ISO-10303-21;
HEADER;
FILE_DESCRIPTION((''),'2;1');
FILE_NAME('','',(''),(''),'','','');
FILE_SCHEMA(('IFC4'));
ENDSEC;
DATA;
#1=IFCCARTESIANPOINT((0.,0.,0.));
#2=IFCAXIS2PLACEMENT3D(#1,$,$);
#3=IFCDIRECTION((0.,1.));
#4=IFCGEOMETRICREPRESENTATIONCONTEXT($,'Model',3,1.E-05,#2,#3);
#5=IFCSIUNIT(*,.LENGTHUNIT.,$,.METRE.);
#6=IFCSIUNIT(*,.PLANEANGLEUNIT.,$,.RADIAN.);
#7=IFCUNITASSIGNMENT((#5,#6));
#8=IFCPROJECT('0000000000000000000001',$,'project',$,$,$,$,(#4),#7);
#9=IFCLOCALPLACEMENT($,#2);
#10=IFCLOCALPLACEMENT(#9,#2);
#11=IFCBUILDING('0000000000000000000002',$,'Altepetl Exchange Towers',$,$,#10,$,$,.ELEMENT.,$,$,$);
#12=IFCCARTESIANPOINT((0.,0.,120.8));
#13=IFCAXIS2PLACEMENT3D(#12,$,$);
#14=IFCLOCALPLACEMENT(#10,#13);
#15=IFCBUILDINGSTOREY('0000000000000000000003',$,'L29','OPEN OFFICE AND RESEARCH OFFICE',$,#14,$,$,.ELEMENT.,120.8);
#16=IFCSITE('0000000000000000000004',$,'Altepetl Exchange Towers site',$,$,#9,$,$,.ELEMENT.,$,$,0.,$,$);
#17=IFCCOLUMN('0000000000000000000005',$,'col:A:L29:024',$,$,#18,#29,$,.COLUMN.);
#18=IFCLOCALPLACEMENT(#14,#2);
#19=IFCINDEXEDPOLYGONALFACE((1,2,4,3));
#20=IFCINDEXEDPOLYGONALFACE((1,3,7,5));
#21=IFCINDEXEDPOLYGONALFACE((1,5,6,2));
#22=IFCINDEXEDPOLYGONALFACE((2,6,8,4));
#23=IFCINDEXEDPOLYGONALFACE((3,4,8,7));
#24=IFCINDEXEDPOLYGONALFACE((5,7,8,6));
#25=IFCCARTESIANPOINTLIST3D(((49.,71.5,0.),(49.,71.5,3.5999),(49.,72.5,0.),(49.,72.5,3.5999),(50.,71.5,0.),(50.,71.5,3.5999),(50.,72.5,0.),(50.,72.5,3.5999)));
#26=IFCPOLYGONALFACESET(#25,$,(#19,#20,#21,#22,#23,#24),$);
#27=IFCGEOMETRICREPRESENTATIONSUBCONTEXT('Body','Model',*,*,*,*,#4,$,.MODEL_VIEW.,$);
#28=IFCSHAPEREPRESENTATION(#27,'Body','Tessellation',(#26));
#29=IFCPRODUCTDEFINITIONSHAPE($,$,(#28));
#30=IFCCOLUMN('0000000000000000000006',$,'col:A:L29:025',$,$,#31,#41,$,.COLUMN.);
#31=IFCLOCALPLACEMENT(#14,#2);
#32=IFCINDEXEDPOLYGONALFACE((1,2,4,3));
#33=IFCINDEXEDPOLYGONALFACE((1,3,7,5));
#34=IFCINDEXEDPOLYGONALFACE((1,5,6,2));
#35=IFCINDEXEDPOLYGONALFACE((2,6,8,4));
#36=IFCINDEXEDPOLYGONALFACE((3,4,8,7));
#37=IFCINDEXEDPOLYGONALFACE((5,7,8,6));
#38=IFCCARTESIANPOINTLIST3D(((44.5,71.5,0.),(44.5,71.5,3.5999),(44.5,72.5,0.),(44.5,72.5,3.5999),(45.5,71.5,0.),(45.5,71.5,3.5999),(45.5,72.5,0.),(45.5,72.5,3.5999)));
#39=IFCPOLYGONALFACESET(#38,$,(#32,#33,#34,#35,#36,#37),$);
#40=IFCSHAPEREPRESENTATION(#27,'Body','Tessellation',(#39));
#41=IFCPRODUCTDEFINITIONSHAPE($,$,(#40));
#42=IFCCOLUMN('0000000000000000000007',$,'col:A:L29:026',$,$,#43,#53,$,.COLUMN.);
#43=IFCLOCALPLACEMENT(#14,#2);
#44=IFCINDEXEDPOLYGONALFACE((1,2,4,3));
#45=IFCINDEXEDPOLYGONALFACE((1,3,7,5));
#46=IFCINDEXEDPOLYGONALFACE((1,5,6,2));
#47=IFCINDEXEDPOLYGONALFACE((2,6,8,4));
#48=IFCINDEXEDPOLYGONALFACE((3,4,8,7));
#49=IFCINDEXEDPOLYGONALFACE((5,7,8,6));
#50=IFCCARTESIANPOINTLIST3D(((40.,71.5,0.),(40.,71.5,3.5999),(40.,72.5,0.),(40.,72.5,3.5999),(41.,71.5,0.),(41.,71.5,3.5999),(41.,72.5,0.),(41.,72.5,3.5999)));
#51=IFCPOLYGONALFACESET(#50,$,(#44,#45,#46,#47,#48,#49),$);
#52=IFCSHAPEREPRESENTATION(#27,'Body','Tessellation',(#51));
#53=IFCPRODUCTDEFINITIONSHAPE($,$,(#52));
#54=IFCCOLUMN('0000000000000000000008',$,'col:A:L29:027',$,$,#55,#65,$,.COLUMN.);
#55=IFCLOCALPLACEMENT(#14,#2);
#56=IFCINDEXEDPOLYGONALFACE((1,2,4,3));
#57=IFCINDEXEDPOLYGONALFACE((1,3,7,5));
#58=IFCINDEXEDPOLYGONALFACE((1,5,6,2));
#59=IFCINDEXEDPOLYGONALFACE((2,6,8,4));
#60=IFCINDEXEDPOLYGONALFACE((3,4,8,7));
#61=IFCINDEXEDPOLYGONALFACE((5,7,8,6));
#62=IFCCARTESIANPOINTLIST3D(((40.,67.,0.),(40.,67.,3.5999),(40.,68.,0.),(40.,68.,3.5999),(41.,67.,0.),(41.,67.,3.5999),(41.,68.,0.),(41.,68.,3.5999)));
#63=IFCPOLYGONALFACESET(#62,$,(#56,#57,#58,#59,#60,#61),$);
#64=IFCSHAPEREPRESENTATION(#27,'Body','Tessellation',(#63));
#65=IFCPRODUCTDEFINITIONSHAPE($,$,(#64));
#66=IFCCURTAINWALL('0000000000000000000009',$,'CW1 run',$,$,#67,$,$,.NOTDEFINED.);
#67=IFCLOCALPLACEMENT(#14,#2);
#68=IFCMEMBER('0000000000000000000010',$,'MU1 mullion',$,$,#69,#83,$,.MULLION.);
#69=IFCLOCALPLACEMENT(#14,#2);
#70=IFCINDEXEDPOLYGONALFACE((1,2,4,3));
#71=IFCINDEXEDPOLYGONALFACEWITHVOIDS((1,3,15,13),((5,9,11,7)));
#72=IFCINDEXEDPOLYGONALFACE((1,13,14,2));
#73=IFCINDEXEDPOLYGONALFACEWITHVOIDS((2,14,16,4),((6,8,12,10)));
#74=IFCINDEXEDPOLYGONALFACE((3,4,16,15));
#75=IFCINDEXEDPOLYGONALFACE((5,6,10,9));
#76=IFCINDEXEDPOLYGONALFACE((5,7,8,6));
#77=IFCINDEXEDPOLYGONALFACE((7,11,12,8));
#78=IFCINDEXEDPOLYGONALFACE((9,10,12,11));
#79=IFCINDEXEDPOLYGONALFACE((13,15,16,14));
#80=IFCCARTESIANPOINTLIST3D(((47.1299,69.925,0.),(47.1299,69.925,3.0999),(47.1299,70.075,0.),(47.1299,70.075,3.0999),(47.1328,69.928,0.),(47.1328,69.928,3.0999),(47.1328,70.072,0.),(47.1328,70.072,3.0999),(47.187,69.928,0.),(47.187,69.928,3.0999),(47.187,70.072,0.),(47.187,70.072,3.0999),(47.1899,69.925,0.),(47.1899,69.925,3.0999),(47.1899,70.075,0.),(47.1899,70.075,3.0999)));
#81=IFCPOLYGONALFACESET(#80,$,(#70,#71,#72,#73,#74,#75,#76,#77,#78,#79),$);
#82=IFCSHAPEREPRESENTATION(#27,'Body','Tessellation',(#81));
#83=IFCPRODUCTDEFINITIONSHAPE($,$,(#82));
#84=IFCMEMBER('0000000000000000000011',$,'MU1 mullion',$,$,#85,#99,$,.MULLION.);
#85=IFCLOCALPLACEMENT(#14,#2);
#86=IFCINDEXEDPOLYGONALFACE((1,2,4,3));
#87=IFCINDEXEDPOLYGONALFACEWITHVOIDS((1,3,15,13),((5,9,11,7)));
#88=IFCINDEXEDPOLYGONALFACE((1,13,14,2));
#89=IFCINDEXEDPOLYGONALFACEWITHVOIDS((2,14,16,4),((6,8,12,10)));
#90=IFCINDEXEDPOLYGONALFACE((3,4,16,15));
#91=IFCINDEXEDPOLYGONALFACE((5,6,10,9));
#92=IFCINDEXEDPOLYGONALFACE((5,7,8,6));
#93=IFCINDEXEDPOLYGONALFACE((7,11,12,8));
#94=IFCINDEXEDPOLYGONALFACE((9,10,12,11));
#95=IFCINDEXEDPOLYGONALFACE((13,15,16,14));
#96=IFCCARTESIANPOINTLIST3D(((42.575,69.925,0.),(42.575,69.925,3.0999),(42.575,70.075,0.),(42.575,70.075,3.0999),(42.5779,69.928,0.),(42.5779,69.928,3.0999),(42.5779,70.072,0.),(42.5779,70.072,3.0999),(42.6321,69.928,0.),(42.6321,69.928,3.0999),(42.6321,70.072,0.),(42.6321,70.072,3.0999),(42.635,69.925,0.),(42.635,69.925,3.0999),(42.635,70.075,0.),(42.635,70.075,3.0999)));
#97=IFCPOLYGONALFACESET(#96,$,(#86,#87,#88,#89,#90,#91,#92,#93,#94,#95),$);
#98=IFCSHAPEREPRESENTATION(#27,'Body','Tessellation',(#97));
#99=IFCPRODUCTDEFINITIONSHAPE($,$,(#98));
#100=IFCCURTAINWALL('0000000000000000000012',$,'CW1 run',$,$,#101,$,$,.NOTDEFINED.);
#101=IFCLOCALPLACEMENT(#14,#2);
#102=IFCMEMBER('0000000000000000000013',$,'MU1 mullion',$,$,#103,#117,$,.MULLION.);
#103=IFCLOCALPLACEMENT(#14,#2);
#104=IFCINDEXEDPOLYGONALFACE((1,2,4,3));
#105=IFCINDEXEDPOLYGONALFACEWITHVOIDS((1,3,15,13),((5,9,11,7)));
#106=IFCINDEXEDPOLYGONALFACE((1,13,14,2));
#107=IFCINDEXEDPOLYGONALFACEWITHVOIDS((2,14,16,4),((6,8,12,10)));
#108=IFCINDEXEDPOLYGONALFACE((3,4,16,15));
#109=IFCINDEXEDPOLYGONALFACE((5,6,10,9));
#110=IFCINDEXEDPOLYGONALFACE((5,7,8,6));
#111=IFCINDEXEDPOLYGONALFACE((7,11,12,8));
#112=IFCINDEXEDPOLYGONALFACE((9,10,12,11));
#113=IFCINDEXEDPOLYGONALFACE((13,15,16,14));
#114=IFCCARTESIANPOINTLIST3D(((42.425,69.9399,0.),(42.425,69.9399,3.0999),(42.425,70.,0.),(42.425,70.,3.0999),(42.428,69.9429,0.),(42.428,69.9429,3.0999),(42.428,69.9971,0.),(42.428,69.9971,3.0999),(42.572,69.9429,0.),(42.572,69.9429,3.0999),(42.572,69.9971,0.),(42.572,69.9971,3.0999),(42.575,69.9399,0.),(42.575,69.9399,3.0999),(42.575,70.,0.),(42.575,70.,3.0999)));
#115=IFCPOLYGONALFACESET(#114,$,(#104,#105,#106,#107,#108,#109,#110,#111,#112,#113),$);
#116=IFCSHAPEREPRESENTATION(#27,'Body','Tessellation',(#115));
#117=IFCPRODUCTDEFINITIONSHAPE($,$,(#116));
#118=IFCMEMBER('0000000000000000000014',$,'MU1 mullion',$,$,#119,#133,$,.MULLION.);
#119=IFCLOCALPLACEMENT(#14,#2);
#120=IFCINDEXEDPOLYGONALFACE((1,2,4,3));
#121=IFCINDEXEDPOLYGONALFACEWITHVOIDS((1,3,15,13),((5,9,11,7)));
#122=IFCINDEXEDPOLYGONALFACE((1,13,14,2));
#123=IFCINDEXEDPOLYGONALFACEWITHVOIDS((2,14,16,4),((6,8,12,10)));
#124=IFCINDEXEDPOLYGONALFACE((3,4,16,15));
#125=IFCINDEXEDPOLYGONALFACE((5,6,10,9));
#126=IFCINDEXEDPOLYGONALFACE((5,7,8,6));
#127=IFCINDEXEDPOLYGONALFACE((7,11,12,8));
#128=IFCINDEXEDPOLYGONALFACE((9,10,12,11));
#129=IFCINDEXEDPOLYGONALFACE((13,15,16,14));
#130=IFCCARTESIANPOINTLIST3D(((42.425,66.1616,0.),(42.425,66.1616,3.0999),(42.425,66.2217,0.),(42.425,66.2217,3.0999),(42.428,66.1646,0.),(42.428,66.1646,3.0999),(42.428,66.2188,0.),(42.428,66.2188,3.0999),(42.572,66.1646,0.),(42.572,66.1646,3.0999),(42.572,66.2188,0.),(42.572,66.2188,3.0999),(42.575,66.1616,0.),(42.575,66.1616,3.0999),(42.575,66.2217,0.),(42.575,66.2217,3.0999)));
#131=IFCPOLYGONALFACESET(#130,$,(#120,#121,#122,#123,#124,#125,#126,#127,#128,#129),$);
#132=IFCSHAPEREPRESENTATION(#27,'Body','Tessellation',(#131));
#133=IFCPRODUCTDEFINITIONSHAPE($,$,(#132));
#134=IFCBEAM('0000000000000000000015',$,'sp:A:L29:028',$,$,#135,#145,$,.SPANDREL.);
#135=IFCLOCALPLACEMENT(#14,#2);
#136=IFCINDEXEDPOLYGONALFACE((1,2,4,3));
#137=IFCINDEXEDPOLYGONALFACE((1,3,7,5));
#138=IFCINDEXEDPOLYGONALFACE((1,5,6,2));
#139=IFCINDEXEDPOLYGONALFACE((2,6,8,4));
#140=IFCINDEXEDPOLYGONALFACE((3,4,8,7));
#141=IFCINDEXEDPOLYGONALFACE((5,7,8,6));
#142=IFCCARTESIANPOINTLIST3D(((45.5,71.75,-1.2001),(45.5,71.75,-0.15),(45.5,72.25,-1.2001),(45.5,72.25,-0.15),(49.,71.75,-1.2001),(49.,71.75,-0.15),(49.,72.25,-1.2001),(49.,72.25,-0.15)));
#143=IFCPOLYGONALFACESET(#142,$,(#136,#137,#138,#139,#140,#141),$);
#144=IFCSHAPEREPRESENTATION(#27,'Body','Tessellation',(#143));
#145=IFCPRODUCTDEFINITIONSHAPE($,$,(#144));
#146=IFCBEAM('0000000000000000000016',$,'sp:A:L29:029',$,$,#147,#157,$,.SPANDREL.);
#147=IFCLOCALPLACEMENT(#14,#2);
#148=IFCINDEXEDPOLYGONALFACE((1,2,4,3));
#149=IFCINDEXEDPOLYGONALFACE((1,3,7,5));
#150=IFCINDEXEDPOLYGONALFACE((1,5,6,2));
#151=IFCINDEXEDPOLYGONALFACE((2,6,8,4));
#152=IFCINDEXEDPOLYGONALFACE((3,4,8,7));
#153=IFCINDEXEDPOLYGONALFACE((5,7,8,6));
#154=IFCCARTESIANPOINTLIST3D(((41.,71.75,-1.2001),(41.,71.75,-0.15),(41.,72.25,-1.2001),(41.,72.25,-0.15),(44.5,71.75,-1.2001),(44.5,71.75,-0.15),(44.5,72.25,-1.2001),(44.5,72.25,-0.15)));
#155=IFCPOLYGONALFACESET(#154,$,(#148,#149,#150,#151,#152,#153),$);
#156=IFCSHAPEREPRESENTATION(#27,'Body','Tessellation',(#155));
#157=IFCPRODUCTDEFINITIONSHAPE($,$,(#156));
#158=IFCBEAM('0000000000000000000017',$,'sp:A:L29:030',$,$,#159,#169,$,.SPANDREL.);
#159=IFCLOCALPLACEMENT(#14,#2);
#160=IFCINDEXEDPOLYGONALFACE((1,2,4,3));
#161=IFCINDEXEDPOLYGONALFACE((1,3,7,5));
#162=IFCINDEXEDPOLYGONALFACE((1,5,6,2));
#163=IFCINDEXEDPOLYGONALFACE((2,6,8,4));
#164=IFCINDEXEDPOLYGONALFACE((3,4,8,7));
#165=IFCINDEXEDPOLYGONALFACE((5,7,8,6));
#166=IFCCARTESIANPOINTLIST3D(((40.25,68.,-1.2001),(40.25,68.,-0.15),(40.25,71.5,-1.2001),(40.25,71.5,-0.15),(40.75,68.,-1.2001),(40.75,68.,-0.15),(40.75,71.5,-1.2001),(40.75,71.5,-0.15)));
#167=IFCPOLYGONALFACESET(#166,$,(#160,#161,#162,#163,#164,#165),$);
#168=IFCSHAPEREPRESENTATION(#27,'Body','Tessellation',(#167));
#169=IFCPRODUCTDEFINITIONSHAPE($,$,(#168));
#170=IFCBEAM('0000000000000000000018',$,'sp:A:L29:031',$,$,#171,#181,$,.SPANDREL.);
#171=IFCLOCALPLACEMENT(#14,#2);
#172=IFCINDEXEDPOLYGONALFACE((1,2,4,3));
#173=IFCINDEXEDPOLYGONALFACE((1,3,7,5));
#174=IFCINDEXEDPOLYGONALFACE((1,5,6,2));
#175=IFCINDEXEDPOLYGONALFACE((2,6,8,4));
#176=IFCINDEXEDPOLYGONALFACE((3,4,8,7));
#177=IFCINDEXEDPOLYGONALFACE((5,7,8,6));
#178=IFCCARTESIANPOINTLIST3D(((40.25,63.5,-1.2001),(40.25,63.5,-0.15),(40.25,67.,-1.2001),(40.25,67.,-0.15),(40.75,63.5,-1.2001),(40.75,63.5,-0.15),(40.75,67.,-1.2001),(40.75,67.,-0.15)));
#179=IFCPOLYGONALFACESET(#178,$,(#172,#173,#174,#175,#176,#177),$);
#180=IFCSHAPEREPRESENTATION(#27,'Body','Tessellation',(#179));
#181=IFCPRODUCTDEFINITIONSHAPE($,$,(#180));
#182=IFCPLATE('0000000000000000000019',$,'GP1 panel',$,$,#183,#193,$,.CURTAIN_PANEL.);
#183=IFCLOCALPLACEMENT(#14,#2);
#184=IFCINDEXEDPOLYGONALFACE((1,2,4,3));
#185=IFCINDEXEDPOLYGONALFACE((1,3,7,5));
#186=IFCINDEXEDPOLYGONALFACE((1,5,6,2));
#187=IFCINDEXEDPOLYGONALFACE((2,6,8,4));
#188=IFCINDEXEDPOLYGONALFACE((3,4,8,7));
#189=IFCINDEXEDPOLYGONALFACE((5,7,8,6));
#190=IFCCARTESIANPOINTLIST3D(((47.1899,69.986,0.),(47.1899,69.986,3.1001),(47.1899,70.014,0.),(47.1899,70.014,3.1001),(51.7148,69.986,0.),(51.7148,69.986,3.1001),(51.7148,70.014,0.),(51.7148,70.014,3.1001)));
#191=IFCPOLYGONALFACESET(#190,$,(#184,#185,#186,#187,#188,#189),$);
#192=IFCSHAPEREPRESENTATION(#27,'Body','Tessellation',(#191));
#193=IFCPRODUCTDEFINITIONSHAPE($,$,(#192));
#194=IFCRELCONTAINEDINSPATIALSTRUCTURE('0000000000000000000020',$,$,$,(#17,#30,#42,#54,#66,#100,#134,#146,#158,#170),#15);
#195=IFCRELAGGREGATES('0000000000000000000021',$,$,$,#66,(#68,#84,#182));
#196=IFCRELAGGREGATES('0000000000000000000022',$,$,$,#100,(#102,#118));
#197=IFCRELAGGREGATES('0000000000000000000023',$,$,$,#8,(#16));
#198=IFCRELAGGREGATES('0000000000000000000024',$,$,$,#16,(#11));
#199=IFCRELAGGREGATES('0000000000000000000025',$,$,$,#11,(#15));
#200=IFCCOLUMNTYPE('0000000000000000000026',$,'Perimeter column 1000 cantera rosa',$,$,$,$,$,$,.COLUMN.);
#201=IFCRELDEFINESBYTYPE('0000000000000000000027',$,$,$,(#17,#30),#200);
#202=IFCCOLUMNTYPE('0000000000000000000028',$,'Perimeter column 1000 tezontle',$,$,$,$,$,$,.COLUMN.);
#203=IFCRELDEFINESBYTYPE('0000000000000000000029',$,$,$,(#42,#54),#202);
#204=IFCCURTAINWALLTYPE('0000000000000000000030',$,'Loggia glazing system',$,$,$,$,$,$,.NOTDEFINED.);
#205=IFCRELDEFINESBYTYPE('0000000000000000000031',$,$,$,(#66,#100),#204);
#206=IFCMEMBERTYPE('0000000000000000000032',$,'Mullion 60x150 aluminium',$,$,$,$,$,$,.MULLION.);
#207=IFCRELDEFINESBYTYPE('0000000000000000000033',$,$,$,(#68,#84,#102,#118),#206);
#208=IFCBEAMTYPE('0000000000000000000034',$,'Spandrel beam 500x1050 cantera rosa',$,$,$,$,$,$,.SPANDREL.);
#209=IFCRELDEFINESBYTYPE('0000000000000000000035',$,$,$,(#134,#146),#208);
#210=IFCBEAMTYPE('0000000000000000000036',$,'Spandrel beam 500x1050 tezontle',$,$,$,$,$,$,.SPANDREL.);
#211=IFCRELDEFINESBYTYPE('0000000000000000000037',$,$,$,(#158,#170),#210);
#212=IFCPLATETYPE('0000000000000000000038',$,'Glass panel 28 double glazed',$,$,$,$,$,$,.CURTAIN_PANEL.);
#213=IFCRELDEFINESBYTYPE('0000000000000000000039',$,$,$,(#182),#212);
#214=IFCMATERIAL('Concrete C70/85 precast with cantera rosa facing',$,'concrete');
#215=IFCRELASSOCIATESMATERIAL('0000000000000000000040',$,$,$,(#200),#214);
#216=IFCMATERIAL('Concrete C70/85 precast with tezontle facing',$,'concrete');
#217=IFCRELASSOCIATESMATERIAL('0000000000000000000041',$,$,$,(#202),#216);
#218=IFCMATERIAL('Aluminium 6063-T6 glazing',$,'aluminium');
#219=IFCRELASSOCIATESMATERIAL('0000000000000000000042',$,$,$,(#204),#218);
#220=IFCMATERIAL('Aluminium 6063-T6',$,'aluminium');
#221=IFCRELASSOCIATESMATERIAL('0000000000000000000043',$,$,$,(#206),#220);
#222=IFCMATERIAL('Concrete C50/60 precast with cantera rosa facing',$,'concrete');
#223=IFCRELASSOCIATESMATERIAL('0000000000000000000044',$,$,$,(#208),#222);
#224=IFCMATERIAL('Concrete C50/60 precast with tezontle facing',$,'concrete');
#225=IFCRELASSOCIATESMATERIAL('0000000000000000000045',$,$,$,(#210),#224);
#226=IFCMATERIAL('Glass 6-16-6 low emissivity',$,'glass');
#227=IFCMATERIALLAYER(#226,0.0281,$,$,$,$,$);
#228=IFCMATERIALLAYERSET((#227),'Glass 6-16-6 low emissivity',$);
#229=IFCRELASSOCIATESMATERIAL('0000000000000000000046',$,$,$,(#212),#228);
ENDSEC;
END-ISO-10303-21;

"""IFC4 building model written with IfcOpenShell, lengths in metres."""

from ifc_helpers import new_model, si_unit, direction, frame, origin, origin_2d, place, context, subcontext, project, spatial, rectangle, hollow_rectangle, extrude, material, layer, layer_set, material_profile, profile_set, type_object, element, aggregate, save


model = new_model("IFC4")

# Units and contexts
model_context = context("Model", 3, precision=1e-05, world=origin(), true_north=direction((0.0, 1.0)))
body_context = subcontext(model_context, "Body", "Model", "MODEL_VIEW")
ifc_project = project(units=[si_unit("LENGTHUNIT", "METRE"), si_unit("PLANEANGLEUNIT", "RADIAN")], contexts=[model_context])

# Site, building, storey
site_placement = place(None, origin())
site = spatial("IfcSite", under=ifc_project, at=site_placement, Name="Altepetl Exchange Towers site", CompositionType="ELEMENT", RefElevation=0.0)
building_placement = place(site_placement, origin())
building = spatial("IfcBuilding", under=site, at=building_placement, Name="Altepetl Exchange Towers", CompositionType="ELEMENT")
storey_placement = place(building_placement, frame((0.0, 0.0, 120.8)))
storey = spatial("IfcBuildingStorey", under=building, at=storey_placement, Name="L29", Description="OPEN OFFICE AND RESEARCH OFFICE", CompositionType="ELEMENT", Elevation=120.8)

# Columns
ifc_material_1 = material(Name="Concrete C70/85 precast with cantera rosa facing", Category="concrete")
ifc_material_profile_1 = material_profile(ifc_material_1, rectangle(XDim=1.0, YDim=1.0, at=origin_2d()), Name="1000 x 1000")
ifc_profile_set_1 = profile_set([ifc_material_profile_1], Name="Concrete C70/85 precast with cantera rosa facing")
column_type_1 = type_object("IfcColumnType", Name="Perimeter column 1000 cantera rosa", PredefinedType="COLUMN", material=ifc_profile_set_1)
for number, where, name in (
    (1, (49.5, 72.0, 0.0), "col:A:L29:024"),
    (2, (45.0, 72.0, 0.0), "col:A:L29:025"),
):
    element("IfcColumn", number, at=place(storey_placement, frame(where)), inside=storey, type_object=column_type_1, Name=name, PredefinedType="COLUMN", context=body_context, shape_type="SweptSolid", body=[
        extrude(rectangle(XDim=1.0, YDim=1.0, at=origin_2d()), origin(), (0.0, 0.0, 1.0), 3.5999),
    ])
ifc_material_2 = material(Name="Concrete C70/85 precast with tezontle facing", Category="concrete")
ifc_material_profile_2 = material_profile(ifc_material_2, rectangle(XDim=1.0, YDim=1.0, at=origin_2d()), Name="1000 x 1000")
ifc_profile_set_2 = profile_set([ifc_material_profile_2], Name="Concrete C70/85 precast with tezontle facing")
column_type_2 = type_object("IfcColumnType", Name="Perimeter column 1000 tezontle", PredefinedType="COLUMN", material=ifc_profile_set_2)
for number, where, name in (
    (3, (40.5, 72.0, 0.0), "col:A:L29:026"),
    (4, (40.5, 67.5, 0.0), "col:A:L29:027"),
):
    element("IfcColumn", number, at=place(storey_placement, frame(where)), inside=storey, type_object=column_type_2, Name=name, PredefinedType="COLUMN", context=body_context, shape_type="SweptSolid", body=[
        extrude(rectangle(XDim=1.0, YDim=1.0, at=origin_2d()), origin(), (0.0, 0.0, 1.0), 3.5999),
    ])

# Curtain walls, members
ifc_material_3 = material(Name="Aluminium 6063-T6 glazing", Category="aluminium")
curtain_wall_type = type_object("IfcCurtainWallType", Name="Loggia glazing system", PredefinedType="NOTDEFINED", material=ifc_material_3)
curtain_wall_1_placement = place(storey_placement, origin())
curtain_wall_1 = element("IfcCurtainWall", 5, at=curtain_wall_1_placement, inside=storey, type_object=curtain_wall_type, Name="CW1 run", PredefinedType="NOTDEFINED")
ifc_material_4 = material(Name="Aluminium 6063-T6", Category="aluminium")
ifc_material_profile_3 = material_profile(ifc_material_4, hollow_rectangle(XDim=0.0601, YDim=0.1499, WallThickness=0.0029, at=origin_2d()), Name="Mullion 60x150 aluminium")
ifc_profile_set_3 = profile_set([ifc_material_profile_3], Name="Aluminium 6063-T6")
member_type = type_object("IfcMemberType", Name="Mullion 60x150 aluminium", PredefinedType="MULLION", material=ifc_profile_set_3)
member_1_placement = place(storey_placement, frame((47.1599, 70.0, 0.0), z_axis=(0.0, 0.0, 1.0), x_axis=(-1.0, 0.0, 0.0)))
member_1 = element("IfcMember", 6, at=member_1_placement, type_object=member_type, Name="MU1 mullion", PredefinedType="MULLION", context=body_context, shape_type="SweptSolid", body=[
    extrude(hollow_rectangle(XDim=0.0601, YDim=0.1499, WallThickness=0.0029, at=origin_2d()), origin(), (0.0, 0.0, 1.0), 3.0999),
])
member_2_placement = place(storey_placement, frame((42.605, 70.0, 0.0), z_axis=(0.0, 0.0, 1.0), x_axis=(-1.0, 0.0, 0.0)))
member_2 = element("IfcMember", 7, at=member_2_placement, type_object=member_type, Name="MU1 mullion", PredefinedType="MULLION", context=body_context, shape_type="SweptSolid", body=[
    extrude(hollow_rectangle(XDim=0.0601, YDim=0.1499, WallThickness=0.0029, at=origin_2d()), origin(), (0.0, 0.0, 1.0), 3.0999),
])
curtain_wall_2_placement = place(storey_placement, origin())
curtain_wall_2 = element("IfcCurtainWall", 8, at=curtain_wall_2_placement, inside=storey, type_object=curtain_wall_type, Name="CW1 run", PredefinedType="NOTDEFINED")
member_3_placement = place(storey_placement, frame((42.5, 69.97, 0.0), z_axis=(0.0, 0.0, 1.0), x_axis=(0.0, -1.0, 0.0)))
member_3 = element("IfcMember", 9, at=member_3_placement, type_object=member_type, Name="MU1 mullion", PredefinedType="MULLION", context=body_context, shape_type="SweptSolid", body=[
    extrude(hollow_rectangle(XDim=0.0601, YDim=0.1499, WallThickness=0.0029, at=origin_2d()), origin(), (0.0, 0.0, 1.0), 3.0999),
])
member_4_placement = place(storey_placement, frame((42.5, 66.1917, 0.0), z_axis=(0.0, 0.0, 1.0), x_axis=(0.0, -1.0, 0.0)))
member_4 = element("IfcMember", 10, at=member_4_placement, type_object=member_type, Name="MU1 mullion", PredefinedType="MULLION", context=body_context, shape_type="SweptSolid", body=[
    extrude(hollow_rectangle(XDim=0.0601, YDim=0.1499, WallThickness=0.0029, at=origin_2d()), origin(), (0.0, 0.0, 1.0), 3.0999),
])

# Beams
ifc_material_5 = material(Name="Concrete C50/60 precast with cantera rosa facing", Category="concrete")
ifc_material_profile_4 = material_profile(ifc_material_5, rectangle(XDim=0.5, YDim=1.05, at=origin_2d()), Name="500 x 1050")
ifc_profile_set_4 = profile_set([ifc_material_profile_4], Name="Concrete C50/60 precast with cantera rosa facing")
beam_type_1 = type_object("IfcBeamType", Name="Spandrel beam 500x1050 cantera rosa", PredefinedType="SPANDREL", material=ifc_profile_set_4)
for number, where, z_axis, x_axis, name in (
    (11, (49.0, 72.0, -0.675), (-1.0, 0.0, 0.0), (0.0, -1.0, 0.0), "sp:A:L29:028"),
    (12, (44.5, 72.0, -0.675), (-1.0, 0.0, 0.0), (0.0, -1.0, 0.0), "sp:A:L29:029"),
):
    element("IfcBeam", number, at=place(storey_placement, frame(where, z_axis=z_axis, x_axis=x_axis)), inside=storey, type_object=beam_type_1, Name=name, PredefinedType="SPANDREL", context=body_context, shape_type="SweptSolid", body=[
        extrude(rectangle(XDim=0.5, YDim=1.05, at=origin_2d()), origin(), (0.0, 0.0, 1.0), 3.5),
    ])
ifc_material_6 = material(Name="Concrete C50/60 precast with tezontle facing", Category="concrete")
ifc_material_profile_5 = material_profile(ifc_material_6, rectangle(XDim=0.5, YDim=1.05, at=origin_2d()), Name="500 x 1050")
ifc_profile_set_5 = profile_set([ifc_material_profile_5], Name="Concrete C50/60 precast with tezontle facing")
beam_type_2 = type_object("IfcBeamType", Name="Spandrel beam 500x1050 tezontle", PredefinedType="SPANDREL", material=ifc_profile_set_5)
for number, where, z_axis, x_axis, name in (
    (13, (40.5, 71.5, -0.675), (0.0, -1.0, 0.0), (1.0, 0.0, 0.0), "sp:A:L29:030"),
    (14, (40.5, 67.0, -0.675), (0.0, -1.0, 0.0), (1.0, 0.0, 0.0), "sp:A:L29:031"),
):
    element("IfcBeam", number, at=place(storey_placement, frame(where, z_axis=z_axis, x_axis=x_axis)), inside=storey, type_object=beam_type_2, Name=name, PredefinedType="SPANDREL", context=body_context, shape_type="SweptSolid", body=[
        extrude(rectangle(XDim=0.5, YDim=1.05, at=origin_2d()), origin(), (0.0, 0.0, 1.0), 3.5),
    ])

# Plate
ifc_material_7 = material(Name="Glass 6-16-6 low emissivity", Category="glass")
ifc_layer = layer(ifc_material_7, 0.0281)
ifc_layer_set = layer_set([ifc_layer], Name="Glass 6-16-6 low emissivity")
plate_type = type_object("IfcPlateType", Name="Glass panel 28 double glazed", PredefinedType="CURTAIN_PANEL", material=ifc_layer_set)
plate_1_placement = place(storey_placement, frame((49.4524, 70.0, 0.0), z_axis=(0.0, 0.0, 1.0), x_axis=(-1.0, 0.0, 0.0)))
plate_1 = element("IfcPlate", 15, at=plate_1_placement, type_object=plate_type, Name="GP1 panel", PredefinedType="CURTAIN_PANEL", context=body_context, shape_type="SweptSolid", body=[
    extrude(rectangle(XDim=4.5249, YDim=0.0281, at=origin_2d()), origin(), (0.0, 0.0, 1.0), 3.1001),
])
aggregate(curtain_wall_1, [member_1, member_2, plate_1])
aggregate(curtain_wall_2, [member_3, member_4])

save(model, "model.ifc")
